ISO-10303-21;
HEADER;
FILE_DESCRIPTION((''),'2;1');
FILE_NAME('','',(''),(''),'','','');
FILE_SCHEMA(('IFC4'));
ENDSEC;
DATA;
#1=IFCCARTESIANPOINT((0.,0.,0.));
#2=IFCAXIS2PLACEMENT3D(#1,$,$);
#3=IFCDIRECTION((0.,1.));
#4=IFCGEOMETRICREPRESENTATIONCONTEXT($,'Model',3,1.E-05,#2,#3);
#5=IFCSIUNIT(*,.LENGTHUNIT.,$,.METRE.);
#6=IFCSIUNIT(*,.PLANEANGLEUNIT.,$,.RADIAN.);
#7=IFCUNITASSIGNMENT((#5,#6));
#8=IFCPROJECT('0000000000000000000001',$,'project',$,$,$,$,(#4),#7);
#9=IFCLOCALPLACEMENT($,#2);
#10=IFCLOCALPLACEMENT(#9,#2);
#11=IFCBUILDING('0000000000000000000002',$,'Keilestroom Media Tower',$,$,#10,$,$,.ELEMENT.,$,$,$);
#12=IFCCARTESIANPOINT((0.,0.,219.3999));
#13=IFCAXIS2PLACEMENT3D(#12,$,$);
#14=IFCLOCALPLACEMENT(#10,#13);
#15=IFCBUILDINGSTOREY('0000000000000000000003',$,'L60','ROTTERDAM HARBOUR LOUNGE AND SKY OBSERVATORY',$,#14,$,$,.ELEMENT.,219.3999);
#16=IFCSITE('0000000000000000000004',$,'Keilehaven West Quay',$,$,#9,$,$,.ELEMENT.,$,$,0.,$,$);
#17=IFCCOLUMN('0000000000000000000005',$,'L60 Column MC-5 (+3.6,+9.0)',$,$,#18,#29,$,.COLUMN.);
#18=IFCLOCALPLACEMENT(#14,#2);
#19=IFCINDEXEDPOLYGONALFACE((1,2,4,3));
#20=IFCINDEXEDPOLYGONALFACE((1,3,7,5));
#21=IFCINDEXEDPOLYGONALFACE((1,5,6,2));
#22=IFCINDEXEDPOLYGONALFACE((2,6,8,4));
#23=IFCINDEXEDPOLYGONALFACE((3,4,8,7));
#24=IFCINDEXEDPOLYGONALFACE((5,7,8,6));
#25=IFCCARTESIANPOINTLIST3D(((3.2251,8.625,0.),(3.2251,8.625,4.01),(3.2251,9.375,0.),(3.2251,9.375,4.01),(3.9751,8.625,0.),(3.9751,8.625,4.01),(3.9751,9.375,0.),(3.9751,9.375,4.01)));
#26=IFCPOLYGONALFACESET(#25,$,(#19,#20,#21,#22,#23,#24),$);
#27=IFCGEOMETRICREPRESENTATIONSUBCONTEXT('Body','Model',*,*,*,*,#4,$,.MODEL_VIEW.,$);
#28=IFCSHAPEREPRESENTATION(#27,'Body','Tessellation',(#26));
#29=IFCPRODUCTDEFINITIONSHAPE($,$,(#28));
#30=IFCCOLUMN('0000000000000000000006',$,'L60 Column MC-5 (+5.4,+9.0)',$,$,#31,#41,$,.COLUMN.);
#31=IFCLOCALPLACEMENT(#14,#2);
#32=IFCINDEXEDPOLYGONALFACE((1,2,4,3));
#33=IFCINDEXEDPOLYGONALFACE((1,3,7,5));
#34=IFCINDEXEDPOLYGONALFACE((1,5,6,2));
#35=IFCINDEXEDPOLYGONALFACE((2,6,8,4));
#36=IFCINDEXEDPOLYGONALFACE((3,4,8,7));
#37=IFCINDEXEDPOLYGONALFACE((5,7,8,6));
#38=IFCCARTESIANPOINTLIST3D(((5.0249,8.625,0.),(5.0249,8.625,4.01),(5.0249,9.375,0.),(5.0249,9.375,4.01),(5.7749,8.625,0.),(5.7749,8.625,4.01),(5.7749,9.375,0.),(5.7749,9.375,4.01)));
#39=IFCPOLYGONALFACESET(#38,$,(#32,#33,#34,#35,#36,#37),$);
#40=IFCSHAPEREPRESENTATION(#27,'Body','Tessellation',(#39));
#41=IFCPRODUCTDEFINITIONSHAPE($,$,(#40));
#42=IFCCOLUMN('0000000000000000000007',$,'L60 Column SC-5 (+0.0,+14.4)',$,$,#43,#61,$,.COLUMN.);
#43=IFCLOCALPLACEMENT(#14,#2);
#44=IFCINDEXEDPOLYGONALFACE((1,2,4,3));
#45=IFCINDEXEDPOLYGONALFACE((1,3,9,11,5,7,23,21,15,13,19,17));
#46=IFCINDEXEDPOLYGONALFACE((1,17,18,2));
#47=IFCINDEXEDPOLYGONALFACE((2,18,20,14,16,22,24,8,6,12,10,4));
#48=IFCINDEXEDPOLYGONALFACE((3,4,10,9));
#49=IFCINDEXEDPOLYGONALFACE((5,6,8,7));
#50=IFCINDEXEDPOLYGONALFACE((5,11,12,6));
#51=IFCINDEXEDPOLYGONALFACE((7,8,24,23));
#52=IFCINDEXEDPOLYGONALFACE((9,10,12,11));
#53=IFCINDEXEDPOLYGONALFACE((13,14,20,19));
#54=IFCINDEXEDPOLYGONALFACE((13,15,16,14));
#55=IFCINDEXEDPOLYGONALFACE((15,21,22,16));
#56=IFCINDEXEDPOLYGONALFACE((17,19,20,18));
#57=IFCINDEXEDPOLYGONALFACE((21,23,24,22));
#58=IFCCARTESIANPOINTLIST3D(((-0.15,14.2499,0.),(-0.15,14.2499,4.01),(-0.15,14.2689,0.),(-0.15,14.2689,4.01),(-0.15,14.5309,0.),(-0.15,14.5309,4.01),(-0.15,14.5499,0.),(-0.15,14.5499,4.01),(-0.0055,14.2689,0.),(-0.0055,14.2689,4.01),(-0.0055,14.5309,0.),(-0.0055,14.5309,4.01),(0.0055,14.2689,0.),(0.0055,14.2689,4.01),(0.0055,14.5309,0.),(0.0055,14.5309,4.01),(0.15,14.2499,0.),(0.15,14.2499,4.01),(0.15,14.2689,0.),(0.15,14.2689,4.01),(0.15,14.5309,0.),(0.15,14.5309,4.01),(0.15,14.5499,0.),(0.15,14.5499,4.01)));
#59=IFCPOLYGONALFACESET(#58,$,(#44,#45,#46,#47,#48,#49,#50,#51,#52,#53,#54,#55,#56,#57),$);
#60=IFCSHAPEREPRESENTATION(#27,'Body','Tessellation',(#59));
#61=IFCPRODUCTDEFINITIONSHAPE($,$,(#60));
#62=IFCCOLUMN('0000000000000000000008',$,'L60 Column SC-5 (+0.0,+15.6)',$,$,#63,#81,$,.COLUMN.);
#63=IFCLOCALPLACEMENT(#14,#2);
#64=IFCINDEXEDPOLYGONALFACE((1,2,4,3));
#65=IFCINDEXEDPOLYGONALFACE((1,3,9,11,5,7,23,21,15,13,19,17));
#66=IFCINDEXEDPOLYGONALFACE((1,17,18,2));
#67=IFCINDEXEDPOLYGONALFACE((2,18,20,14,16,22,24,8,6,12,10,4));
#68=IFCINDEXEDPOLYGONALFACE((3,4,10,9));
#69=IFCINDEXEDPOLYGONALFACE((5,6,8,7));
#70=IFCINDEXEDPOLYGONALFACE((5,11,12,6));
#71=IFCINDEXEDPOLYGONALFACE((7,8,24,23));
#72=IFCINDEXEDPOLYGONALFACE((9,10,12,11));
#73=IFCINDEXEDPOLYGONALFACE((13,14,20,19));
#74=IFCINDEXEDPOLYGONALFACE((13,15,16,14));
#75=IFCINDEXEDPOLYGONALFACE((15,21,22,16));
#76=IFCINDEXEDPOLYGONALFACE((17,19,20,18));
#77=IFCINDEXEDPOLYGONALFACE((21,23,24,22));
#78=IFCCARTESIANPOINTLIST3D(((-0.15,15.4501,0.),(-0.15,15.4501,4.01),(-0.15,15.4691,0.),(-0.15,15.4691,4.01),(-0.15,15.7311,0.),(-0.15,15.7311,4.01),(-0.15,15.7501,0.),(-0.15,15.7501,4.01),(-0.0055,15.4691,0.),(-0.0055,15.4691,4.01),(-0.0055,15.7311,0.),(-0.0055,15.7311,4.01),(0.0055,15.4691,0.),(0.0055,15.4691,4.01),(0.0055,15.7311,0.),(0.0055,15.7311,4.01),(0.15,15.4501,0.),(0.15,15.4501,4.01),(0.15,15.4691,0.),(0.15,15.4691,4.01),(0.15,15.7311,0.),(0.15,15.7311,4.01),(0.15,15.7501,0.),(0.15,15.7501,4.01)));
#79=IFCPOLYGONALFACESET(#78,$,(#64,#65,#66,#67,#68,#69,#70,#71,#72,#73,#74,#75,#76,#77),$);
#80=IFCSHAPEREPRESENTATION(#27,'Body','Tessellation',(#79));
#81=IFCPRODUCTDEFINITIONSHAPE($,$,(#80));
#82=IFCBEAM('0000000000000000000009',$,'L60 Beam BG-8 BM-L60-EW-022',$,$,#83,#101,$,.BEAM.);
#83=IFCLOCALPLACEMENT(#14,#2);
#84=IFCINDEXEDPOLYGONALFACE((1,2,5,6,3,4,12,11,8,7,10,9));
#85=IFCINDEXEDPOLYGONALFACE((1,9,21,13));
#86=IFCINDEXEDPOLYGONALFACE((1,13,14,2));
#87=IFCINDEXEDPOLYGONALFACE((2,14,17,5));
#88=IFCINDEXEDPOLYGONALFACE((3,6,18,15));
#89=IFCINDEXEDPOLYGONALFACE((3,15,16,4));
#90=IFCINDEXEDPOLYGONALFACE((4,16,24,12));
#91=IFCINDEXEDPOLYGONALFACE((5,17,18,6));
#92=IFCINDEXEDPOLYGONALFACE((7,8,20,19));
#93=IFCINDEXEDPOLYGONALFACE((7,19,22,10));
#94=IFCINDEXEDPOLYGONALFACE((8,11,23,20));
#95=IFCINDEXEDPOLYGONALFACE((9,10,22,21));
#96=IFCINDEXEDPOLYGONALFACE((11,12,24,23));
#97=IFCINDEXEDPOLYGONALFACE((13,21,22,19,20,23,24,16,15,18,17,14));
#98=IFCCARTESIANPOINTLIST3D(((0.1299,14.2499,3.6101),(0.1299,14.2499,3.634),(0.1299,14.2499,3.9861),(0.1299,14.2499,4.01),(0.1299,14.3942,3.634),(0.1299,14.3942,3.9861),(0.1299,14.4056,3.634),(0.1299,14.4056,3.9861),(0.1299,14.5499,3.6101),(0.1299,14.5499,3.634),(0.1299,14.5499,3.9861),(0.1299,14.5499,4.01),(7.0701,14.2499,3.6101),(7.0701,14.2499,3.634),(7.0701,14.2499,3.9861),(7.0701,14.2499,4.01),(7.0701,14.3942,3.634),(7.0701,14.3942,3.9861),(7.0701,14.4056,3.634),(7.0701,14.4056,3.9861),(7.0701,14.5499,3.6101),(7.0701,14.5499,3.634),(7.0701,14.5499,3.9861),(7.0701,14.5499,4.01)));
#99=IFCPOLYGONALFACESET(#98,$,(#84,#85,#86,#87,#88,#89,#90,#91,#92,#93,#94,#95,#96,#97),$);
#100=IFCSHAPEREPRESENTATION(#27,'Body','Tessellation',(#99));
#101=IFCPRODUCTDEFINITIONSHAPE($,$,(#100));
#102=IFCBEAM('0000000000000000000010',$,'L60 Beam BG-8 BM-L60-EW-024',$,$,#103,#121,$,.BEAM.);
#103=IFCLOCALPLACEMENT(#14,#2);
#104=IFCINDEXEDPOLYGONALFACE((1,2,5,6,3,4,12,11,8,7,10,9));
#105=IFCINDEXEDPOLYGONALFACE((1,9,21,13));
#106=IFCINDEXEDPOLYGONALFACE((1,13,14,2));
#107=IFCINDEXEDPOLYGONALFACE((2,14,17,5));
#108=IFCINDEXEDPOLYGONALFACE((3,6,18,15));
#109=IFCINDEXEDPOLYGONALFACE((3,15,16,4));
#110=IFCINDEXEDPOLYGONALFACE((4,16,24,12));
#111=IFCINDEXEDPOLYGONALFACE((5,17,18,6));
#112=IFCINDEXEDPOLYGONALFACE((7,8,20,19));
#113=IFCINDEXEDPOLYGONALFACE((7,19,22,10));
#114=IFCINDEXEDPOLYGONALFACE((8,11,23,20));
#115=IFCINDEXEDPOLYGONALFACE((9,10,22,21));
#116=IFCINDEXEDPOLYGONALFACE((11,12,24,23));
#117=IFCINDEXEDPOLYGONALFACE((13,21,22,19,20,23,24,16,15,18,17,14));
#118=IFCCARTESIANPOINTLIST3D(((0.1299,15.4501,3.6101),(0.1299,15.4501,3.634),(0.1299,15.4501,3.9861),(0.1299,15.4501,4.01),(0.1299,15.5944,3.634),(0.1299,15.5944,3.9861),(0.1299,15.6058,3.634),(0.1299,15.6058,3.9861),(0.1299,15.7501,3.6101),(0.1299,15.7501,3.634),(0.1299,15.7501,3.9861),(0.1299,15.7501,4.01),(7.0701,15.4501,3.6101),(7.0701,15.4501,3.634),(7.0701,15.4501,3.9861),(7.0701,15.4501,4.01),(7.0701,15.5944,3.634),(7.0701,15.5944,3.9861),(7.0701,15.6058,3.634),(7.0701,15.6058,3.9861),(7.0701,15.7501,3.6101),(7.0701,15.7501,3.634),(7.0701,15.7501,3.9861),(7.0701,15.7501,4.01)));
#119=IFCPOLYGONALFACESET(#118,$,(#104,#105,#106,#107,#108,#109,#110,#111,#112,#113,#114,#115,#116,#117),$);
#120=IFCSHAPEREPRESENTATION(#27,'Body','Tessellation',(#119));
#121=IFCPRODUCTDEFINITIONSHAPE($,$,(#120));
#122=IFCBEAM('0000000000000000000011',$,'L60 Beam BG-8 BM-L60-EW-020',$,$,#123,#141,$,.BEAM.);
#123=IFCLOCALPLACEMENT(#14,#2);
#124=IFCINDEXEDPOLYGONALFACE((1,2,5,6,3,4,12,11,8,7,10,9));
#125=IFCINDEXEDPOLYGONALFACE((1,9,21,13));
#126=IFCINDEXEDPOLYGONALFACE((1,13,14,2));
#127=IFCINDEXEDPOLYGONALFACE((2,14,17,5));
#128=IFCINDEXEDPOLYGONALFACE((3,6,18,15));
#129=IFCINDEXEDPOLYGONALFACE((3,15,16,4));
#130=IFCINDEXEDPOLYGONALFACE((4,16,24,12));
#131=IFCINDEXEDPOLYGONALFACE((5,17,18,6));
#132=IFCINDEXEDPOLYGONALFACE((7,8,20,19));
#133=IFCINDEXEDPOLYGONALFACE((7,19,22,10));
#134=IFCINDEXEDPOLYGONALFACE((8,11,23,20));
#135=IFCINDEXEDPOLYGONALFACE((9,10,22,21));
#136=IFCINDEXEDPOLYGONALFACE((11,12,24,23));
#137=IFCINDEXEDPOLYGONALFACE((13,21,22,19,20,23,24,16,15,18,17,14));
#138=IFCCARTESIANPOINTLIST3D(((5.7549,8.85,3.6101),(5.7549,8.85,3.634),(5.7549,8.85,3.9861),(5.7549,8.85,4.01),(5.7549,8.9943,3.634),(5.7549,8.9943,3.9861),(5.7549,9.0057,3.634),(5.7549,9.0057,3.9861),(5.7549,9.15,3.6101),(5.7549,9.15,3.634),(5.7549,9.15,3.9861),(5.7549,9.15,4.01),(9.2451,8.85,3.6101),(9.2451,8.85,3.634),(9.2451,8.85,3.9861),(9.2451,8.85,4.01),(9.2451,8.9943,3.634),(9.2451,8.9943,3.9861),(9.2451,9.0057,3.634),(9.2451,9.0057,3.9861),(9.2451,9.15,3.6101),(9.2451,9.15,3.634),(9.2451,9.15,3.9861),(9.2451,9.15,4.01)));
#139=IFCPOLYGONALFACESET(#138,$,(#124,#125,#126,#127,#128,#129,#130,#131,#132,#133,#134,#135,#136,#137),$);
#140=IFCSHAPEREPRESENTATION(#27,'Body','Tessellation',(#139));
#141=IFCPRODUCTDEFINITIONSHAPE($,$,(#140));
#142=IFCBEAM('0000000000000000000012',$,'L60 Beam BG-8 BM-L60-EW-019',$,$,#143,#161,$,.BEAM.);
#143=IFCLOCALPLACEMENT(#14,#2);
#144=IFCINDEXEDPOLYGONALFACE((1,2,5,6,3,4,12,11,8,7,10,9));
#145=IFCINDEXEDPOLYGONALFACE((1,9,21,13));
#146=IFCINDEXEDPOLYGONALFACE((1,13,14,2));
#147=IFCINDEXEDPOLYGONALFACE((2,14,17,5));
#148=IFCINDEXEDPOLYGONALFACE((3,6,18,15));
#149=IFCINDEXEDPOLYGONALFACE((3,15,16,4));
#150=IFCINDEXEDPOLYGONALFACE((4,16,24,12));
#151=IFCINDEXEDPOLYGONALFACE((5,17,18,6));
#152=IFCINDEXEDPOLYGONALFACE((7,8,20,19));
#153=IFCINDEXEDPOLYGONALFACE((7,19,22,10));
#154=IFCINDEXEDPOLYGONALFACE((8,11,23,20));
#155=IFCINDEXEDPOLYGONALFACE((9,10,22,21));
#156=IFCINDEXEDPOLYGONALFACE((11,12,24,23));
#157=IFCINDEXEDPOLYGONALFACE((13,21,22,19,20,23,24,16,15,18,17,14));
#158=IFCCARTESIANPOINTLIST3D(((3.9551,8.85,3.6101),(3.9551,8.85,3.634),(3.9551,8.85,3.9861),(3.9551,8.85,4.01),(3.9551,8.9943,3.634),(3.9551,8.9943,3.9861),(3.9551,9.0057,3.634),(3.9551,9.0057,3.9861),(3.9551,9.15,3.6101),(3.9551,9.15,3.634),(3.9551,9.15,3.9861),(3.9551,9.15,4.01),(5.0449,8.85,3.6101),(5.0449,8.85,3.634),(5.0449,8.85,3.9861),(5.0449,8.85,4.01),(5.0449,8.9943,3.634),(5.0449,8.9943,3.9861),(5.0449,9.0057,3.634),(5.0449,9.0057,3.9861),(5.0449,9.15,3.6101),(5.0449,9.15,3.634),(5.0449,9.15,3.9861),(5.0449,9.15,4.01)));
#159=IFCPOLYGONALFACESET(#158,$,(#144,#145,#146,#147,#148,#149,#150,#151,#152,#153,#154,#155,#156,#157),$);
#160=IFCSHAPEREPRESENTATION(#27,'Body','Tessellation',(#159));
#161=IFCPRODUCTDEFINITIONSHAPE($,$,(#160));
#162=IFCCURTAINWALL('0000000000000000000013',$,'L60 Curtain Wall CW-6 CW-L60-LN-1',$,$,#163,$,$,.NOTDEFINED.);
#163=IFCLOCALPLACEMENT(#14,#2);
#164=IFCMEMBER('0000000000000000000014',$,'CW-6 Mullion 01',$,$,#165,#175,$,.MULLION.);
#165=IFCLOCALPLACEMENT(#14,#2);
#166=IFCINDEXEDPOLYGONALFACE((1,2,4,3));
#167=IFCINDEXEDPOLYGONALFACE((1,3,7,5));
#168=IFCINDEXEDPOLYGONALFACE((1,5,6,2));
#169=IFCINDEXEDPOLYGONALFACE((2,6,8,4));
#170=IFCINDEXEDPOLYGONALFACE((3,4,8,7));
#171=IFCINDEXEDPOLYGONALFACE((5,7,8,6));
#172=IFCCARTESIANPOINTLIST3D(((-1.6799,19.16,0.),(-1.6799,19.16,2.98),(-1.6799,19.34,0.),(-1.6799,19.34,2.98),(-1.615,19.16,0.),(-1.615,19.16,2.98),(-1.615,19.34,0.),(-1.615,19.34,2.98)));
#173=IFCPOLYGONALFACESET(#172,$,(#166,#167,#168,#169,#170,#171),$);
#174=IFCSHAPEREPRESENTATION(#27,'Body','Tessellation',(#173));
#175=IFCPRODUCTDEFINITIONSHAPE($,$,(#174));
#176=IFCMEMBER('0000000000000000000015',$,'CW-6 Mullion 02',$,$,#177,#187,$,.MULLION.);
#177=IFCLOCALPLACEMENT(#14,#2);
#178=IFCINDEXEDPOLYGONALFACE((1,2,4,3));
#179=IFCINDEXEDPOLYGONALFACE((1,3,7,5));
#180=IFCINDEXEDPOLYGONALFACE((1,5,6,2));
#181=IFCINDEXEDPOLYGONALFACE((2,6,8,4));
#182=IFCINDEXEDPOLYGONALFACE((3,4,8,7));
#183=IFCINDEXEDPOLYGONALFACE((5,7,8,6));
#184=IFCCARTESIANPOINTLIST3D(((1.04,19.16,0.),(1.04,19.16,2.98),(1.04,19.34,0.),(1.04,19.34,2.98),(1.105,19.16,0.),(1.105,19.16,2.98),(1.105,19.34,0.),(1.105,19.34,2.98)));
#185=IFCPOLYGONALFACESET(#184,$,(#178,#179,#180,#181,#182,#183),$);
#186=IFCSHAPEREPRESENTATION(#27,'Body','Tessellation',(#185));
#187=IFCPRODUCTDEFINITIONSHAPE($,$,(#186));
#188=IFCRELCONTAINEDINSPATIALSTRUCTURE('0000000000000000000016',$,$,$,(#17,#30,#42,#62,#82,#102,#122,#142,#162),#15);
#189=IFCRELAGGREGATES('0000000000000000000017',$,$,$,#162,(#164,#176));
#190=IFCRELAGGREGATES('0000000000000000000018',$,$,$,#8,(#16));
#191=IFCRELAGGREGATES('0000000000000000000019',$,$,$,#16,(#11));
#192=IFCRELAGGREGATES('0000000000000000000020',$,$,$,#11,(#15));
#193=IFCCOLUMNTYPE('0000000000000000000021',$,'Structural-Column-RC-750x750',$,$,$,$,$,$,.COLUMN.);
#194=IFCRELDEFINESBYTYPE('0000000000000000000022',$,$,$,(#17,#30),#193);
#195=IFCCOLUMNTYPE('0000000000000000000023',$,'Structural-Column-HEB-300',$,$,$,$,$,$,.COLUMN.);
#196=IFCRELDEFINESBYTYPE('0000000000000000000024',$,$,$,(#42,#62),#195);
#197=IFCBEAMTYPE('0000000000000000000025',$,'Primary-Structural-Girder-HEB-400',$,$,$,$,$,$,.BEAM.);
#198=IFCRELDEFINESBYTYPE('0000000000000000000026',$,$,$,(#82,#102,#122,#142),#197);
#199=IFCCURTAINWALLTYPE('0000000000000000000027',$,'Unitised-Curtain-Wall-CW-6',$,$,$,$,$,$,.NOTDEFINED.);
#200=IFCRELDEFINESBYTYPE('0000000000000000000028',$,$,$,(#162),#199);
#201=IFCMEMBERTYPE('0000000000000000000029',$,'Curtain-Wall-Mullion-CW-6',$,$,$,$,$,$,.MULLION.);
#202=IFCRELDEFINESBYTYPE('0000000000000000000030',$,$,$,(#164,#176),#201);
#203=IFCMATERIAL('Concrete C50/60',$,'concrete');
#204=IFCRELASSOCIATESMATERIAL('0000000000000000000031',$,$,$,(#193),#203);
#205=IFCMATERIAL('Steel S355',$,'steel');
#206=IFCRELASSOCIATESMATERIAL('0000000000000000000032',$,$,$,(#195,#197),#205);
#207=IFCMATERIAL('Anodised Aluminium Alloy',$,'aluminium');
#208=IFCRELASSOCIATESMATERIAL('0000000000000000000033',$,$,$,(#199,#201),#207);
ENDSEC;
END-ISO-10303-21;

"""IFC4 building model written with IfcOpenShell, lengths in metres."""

from ifc_helpers import new_model, si_unit, direction, frame, origin, origin_2d, place, context, subcontext, project, spatial, rectangle, i_section, extrude, source, transform, mapped, material, material_profile, profile_set, type_object, element, aggregate, save


model = new_model("IFC4")

# Units and contexts
model_context = context("Model", 3, precision=1e-05, world=origin(), true_north=direction((0.0, 1.0)))
body_context = subcontext(model_context, "Body", "Model", "MODEL_VIEW")
ifc_project = project(units=[si_unit("LENGTHUNIT", "METRE"), si_unit("PLANEANGLEUNIT", "RADIAN")], contexts=[model_context])

# Site, building, storey
site_placement = place(None, origin())
site = spatial("IfcSite", under=ifc_project, at=site_placement, Name="Keilehaven West Quay", CompositionType="ELEMENT", RefElevation=0.0)
building_placement = place(site_placement, origin())
building = spatial("IfcBuilding", under=site, at=building_placement, Name="Keilestroom Media Tower", CompositionType="ELEMENT")
storey_placement = place(building_placement, frame((0.0, 0.0, 219.3999)))
storey = spatial("IfcBuildingStorey", under=building, at=storey_placement, Name="L60", Description="ROTTERDAM HARBOUR LOUNGE AND SKY OBSERVATORY", CompositionType="ELEMENT", Elevation=219.3999)

# Columns
ifc_material_1 = material(Name="Concrete C50/60", Category="concrete")
ifc_material_profile_1 = material_profile(ifc_material_1, rectangle(XDim=0.75, YDim=0.75, at=origin_2d()), Name="RC 750x750")
ifc_profile_set_1 = profile_set([ifc_material_profile_1], Name="Concrete C50/60")
column_type_1 = type_object("IfcColumnType", Name="Structural-Column-RC-750x750", PredefinedType="COLUMN", material=ifc_profile_set_1)
shared_shape_1 = source(origin(), body_context, "Body", "SweptSolid", [
    extrude(rectangle(XDim=0.75, YDim=0.75, at=origin_2d()), origin(), (0.0, 0.0, 1.0), 4.01),
])
for number, where, z_axis, x_axis, name in (
    (1, (3.6001, 9.0, 0.0), (0.0, 0.0, 1.0), (1.0, 0.0, 0.0), "L60 Column MC-5 (+3.6,+9.0)"),
    (2, (5.3999, 9.0, 0.0), (0.0, 0.0, 1.0), (1.0, 0.0, 0.0), "L60 Column MC-5 (+5.4,+9.0)"),
):
    element("IfcColumn", number, at=place(storey_placement, frame(where, z_axis=z_axis, x_axis=x_axis)), inside=storey, type_object=column_type_1, Name=name, PredefinedType="COLUMN", context=body_context, shape_type="MappedRepresentation", body=[
        mapped(shared_shape_1, transform((0.0, 0.0, 0.0), x_axis=(1.0, 0.0, 0.0), y_axis=(0.0, 1.0, 0.0), z_axis=(0.0, 0.0, 1.0), scale=1.0)),
    ])
ifc_material_2 = material(Name="Steel S355", Category="steel")
ifc_material_profile_2 = material_profile(ifc_material_2, i_section(OverallWidth=0.3, OverallDepth=0.3, WebThickness=0.011, FlangeThickness=0.019, at=origin_2d()), Name="HEB 300")
ifc_profile_set_2 = profile_set([ifc_material_profile_2], Name="Steel S355")
column_type_2 = type_object("IfcColumnType", Name="Structural-Column-HEB-300", PredefinedType="COLUMN", material=ifc_profile_set_2)
shared_shape_2 = source(origin(), body_context, "Body", "SweptSolid", [
    extrude(i_section(OverallWidth=0.3, OverallDepth=0.3, WebThickness=0.011, FlangeThickness=0.019, at=origin_2d()), origin(), (0.0, 0.0, 1.0), 4.01),
])
for number, where, z_axis, x_axis, name in (
    (3, (0.0, 14.3999, 0.0), (0.0, 0.0, 1.0), (1.0, 0.0, 0.0), "L60 Column SC-5 (+0.0,+14.4)"),
    (4, (0.0, 15.6001, 0.0), (0.0, 0.0, 1.0), (1.0, 0.0, 0.0), "L60 Column SC-5 (+0.0,+15.6)"),
):
    element("IfcColumn", number, at=place(storey_placement, frame(where, z_axis=z_axis, x_axis=x_axis)), inside=storey, type_object=column_type_2, Name=name, PredefinedType="COLUMN", context=body_context, shape_type="MappedRepresentation", body=[
        mapped(shared_shape_2, transform((0.0, 0.0, 0.0), x_axis=(1.0, 0.0, 0.0), y_axis=(0.0, 1.0, 0.0), z_axis=(0.0, 0.0, 1.0), scale=1.0)),
    ])

# Beams
ifc_material_profile_3 = material_profile(ifc_material_2, i_section(OverallWidth=0.3, OverallDepth=0.3999, WebThickness=0.0115, FlangeThickness=0.0239, at=origin_2d()), Name="HEB 400")
ifc_profile_set_3 = profile_set([ifc_material_profile_3], Name="Steel S355")
beam_type = type_object("IfcBeamType", Name="Primary-Structural-Girder-HEB-400", PredefinedType="BEAM", material=ifc_profile_set_3)
shared_shape_3 = source(origin(), body_context, "Body", "SweptSolid", [
    extrude(i_section(OverallWidth=0.3, OverallDepth=0.3999, WebThickness=0.0115, FlangeThickness=0.0239, at=origin_2d()), origin(), (0.0, 0.0, 1.0), 6.9402),
])
for number, where, z_axis, x_axis, name in (
    (5, (0.1299, 14.3999, 3.8101), (1.0, 0.0, 0.0), (0.0, 1.0, 0.0), "L60 Beam BG-8 BM-L60-EW-022"),
    (6, (0.1299, 15.6001, 3.8101), (1.0, 0.0, 0.0), (0.0, 1.0, 0.0), "L60 Beam BG-8 BM-L60-EW-024"),
):
    element("IfcBeam", number, at=place(storey_placement, frame(where, z_axis=z_axis, x_axis=x_axis)), inside=storey, type_object=beam_type, Name=name, PredefinedType="BEAM", context=body_context, shape_type="MappedRepresentation", body=[
        mapped(shared_shape_3, transform((0.0, 0.0, 0.0), x_axis=(1.0, 0.0, 0.0), y_axis=(0.0, 1.0, 0.0), z_axis=(0.0, 0.0, 1.0), scale=1.0)),
    ])
shared_shape_4 = source(origin(), body_context, "Body", "SweptSolid", [
    extrude(i_section(OverallWidth=0.3, OverallDepth=0.3999, WebThickness=0.0115, FlangeThickness=0.0239, at=origin_2d()), origin(), (0.0, 0.0, 1.0), 3.4902),
])
beam_1_placement = place(storey_placement, frame((5.7549, 9.0, 3.8101), z_axis=(1.0, 0.0, 0.0), x_axis=(0.0, 1.0, 0.0)))
element("IfcBeam", 7, at=beam_1_placement, inside=storey, type_object=beam_type, Name="L60 Beam BG-8 BM-L60-EW-020", PredefinedType="BEAM", context=body_context, shape_type="MappedRepresentation", body=[
    mapped(shared_shape_4, transform((0.0, 0.0, 0.0), x_axis=(1.0, 0.0, 0.0), y_axis=(0.0, 1.0, 0.0), z_axis=(0.0, 0.0, 1.0), scale=1.0)),
])
shared_shape_5 = source(origin(), body_context, "Body", "SweptSolid", [
    extrude(i_section(OverallWidth=0.3, OverallDepth=0.3999, WebThickness=0.0115, FlangeThickness=0.0239, at=origin_2d()), origin(), (0.0, 0.0, 1.0), 1.0898),
])
beam_2_placement = place(storey_placement, frame((3.9551, 9.0, 3.8101), z_axis=(1.0, 0.0, 0.0), x_axis=(0.0, 1.0, 0.0)))
element("IfcBeam", 8, at=beam_2_placement, inside=storey, type_object=beam_type, Name="L60 Beam BG-8 BM-L60-EW-019", PredefinedType="BEAM", context=body_context, shape_type="MappedRepresentation", body=[
    mapped(shared_shape_5, transform((0.0, 0.0, 0.0), x_axis=(1.0, 0.0, 0.0), y_axis=(0.0, 1.0, 0.0), z_axis=(0.0, 0.0, 1.0), scale=1.0)),
])

# Curtain wall, members
ifc_material_3 = material(Name="Anodised Aluminium Alloy", Category="aluminium")
curtain_wall_type = type_object("IfcCurtainWallType", Name="Unitised-Curtain-Wall-CW-6", PredefinedType="NOTDEFINED", material=ifc_material_3)
curtain_wall_placement = place(storey_placement, origin())
curtain_wall = element("IfcCurtainWall", 9, at=curtain_wall_placement, inside=storey, type_object=curtain_wall_type, Name="L60 Curtain Wall CW-6 CW-L60-LN-1", PredefinedType="NOTDEFINED")
ifc_material_profile_4 = material_profile(ifc_material_3, rectangle(XDim=0.0649, YDim=0.1799, at=origin_2d()), Name="ALU MULLION 65x180")
ifc_profile_set_4 = profile_set([ifc_material_profile_4], Name="Anodised Aluminium Alloy")
member_type_1 = type_object("IfcMemberType", Name="Curtain-Wall-Mullion-CW-6", PredefinedType="MULLION", material=ifc_profile_set_4)
shared_shape_6 = source(origin(), body_context, "Body", "SweptSolid", [
    extrude(rectangle(XDim=0.0649, YDim=0.1799, at=origin_2d()), origin(), (0.0, 0.0, 1.0), 2.98),
])
member_1_placement = place(storey_placement, frame((-1.6475, 19.25, 0.0), z_axis=(0.0, 0.0, 1.0), x_axis=(1.0, 0.0, 0.0)))
member_1 = element("IfcMember", 10, at=member_1_placement, type_object=member_type_1, Name="CW-6 Mullion 01", PredefinedType="MULLION", context=body_context, shape_type="MappedRepresentation", body=[
    mapped(shared_shape_6, transform((0.0, 0.0, 0.0), x_axis=(1.0, 0.0, 0.0), y_axis=(0.0, 1.0, 0.0), z_axis=(0.0, 0.0, 1.0), scale=1.0)),
])
member_2_placement = place(storey_placement, frame((1.0725, 19.25, 0.0), z_axis=(0.0, 0.0, 1.0), x_axis=(1.0, 0.0, 0.0)))
member_2 = element("IfcMember", 11, at=member_2_placement, type_object=member_type_1, Name="CW-6 Mullion 02", PredefinedType="MULLION", context=body_context, shape_type="MappedRepresentation", body=[
    mapped(shared_shape_6, transform((0.0, 0.0, 0.0), x_axis=(1.0, 0.0, 0.0), y_axis=(0.0, 1.0, 0.0), z_axis=(0.0, 0.0, 1.0), scale=1.0)),
])
aggregate(curtain_wall, [member_1, member_2])

save(model, "model.ifc")
